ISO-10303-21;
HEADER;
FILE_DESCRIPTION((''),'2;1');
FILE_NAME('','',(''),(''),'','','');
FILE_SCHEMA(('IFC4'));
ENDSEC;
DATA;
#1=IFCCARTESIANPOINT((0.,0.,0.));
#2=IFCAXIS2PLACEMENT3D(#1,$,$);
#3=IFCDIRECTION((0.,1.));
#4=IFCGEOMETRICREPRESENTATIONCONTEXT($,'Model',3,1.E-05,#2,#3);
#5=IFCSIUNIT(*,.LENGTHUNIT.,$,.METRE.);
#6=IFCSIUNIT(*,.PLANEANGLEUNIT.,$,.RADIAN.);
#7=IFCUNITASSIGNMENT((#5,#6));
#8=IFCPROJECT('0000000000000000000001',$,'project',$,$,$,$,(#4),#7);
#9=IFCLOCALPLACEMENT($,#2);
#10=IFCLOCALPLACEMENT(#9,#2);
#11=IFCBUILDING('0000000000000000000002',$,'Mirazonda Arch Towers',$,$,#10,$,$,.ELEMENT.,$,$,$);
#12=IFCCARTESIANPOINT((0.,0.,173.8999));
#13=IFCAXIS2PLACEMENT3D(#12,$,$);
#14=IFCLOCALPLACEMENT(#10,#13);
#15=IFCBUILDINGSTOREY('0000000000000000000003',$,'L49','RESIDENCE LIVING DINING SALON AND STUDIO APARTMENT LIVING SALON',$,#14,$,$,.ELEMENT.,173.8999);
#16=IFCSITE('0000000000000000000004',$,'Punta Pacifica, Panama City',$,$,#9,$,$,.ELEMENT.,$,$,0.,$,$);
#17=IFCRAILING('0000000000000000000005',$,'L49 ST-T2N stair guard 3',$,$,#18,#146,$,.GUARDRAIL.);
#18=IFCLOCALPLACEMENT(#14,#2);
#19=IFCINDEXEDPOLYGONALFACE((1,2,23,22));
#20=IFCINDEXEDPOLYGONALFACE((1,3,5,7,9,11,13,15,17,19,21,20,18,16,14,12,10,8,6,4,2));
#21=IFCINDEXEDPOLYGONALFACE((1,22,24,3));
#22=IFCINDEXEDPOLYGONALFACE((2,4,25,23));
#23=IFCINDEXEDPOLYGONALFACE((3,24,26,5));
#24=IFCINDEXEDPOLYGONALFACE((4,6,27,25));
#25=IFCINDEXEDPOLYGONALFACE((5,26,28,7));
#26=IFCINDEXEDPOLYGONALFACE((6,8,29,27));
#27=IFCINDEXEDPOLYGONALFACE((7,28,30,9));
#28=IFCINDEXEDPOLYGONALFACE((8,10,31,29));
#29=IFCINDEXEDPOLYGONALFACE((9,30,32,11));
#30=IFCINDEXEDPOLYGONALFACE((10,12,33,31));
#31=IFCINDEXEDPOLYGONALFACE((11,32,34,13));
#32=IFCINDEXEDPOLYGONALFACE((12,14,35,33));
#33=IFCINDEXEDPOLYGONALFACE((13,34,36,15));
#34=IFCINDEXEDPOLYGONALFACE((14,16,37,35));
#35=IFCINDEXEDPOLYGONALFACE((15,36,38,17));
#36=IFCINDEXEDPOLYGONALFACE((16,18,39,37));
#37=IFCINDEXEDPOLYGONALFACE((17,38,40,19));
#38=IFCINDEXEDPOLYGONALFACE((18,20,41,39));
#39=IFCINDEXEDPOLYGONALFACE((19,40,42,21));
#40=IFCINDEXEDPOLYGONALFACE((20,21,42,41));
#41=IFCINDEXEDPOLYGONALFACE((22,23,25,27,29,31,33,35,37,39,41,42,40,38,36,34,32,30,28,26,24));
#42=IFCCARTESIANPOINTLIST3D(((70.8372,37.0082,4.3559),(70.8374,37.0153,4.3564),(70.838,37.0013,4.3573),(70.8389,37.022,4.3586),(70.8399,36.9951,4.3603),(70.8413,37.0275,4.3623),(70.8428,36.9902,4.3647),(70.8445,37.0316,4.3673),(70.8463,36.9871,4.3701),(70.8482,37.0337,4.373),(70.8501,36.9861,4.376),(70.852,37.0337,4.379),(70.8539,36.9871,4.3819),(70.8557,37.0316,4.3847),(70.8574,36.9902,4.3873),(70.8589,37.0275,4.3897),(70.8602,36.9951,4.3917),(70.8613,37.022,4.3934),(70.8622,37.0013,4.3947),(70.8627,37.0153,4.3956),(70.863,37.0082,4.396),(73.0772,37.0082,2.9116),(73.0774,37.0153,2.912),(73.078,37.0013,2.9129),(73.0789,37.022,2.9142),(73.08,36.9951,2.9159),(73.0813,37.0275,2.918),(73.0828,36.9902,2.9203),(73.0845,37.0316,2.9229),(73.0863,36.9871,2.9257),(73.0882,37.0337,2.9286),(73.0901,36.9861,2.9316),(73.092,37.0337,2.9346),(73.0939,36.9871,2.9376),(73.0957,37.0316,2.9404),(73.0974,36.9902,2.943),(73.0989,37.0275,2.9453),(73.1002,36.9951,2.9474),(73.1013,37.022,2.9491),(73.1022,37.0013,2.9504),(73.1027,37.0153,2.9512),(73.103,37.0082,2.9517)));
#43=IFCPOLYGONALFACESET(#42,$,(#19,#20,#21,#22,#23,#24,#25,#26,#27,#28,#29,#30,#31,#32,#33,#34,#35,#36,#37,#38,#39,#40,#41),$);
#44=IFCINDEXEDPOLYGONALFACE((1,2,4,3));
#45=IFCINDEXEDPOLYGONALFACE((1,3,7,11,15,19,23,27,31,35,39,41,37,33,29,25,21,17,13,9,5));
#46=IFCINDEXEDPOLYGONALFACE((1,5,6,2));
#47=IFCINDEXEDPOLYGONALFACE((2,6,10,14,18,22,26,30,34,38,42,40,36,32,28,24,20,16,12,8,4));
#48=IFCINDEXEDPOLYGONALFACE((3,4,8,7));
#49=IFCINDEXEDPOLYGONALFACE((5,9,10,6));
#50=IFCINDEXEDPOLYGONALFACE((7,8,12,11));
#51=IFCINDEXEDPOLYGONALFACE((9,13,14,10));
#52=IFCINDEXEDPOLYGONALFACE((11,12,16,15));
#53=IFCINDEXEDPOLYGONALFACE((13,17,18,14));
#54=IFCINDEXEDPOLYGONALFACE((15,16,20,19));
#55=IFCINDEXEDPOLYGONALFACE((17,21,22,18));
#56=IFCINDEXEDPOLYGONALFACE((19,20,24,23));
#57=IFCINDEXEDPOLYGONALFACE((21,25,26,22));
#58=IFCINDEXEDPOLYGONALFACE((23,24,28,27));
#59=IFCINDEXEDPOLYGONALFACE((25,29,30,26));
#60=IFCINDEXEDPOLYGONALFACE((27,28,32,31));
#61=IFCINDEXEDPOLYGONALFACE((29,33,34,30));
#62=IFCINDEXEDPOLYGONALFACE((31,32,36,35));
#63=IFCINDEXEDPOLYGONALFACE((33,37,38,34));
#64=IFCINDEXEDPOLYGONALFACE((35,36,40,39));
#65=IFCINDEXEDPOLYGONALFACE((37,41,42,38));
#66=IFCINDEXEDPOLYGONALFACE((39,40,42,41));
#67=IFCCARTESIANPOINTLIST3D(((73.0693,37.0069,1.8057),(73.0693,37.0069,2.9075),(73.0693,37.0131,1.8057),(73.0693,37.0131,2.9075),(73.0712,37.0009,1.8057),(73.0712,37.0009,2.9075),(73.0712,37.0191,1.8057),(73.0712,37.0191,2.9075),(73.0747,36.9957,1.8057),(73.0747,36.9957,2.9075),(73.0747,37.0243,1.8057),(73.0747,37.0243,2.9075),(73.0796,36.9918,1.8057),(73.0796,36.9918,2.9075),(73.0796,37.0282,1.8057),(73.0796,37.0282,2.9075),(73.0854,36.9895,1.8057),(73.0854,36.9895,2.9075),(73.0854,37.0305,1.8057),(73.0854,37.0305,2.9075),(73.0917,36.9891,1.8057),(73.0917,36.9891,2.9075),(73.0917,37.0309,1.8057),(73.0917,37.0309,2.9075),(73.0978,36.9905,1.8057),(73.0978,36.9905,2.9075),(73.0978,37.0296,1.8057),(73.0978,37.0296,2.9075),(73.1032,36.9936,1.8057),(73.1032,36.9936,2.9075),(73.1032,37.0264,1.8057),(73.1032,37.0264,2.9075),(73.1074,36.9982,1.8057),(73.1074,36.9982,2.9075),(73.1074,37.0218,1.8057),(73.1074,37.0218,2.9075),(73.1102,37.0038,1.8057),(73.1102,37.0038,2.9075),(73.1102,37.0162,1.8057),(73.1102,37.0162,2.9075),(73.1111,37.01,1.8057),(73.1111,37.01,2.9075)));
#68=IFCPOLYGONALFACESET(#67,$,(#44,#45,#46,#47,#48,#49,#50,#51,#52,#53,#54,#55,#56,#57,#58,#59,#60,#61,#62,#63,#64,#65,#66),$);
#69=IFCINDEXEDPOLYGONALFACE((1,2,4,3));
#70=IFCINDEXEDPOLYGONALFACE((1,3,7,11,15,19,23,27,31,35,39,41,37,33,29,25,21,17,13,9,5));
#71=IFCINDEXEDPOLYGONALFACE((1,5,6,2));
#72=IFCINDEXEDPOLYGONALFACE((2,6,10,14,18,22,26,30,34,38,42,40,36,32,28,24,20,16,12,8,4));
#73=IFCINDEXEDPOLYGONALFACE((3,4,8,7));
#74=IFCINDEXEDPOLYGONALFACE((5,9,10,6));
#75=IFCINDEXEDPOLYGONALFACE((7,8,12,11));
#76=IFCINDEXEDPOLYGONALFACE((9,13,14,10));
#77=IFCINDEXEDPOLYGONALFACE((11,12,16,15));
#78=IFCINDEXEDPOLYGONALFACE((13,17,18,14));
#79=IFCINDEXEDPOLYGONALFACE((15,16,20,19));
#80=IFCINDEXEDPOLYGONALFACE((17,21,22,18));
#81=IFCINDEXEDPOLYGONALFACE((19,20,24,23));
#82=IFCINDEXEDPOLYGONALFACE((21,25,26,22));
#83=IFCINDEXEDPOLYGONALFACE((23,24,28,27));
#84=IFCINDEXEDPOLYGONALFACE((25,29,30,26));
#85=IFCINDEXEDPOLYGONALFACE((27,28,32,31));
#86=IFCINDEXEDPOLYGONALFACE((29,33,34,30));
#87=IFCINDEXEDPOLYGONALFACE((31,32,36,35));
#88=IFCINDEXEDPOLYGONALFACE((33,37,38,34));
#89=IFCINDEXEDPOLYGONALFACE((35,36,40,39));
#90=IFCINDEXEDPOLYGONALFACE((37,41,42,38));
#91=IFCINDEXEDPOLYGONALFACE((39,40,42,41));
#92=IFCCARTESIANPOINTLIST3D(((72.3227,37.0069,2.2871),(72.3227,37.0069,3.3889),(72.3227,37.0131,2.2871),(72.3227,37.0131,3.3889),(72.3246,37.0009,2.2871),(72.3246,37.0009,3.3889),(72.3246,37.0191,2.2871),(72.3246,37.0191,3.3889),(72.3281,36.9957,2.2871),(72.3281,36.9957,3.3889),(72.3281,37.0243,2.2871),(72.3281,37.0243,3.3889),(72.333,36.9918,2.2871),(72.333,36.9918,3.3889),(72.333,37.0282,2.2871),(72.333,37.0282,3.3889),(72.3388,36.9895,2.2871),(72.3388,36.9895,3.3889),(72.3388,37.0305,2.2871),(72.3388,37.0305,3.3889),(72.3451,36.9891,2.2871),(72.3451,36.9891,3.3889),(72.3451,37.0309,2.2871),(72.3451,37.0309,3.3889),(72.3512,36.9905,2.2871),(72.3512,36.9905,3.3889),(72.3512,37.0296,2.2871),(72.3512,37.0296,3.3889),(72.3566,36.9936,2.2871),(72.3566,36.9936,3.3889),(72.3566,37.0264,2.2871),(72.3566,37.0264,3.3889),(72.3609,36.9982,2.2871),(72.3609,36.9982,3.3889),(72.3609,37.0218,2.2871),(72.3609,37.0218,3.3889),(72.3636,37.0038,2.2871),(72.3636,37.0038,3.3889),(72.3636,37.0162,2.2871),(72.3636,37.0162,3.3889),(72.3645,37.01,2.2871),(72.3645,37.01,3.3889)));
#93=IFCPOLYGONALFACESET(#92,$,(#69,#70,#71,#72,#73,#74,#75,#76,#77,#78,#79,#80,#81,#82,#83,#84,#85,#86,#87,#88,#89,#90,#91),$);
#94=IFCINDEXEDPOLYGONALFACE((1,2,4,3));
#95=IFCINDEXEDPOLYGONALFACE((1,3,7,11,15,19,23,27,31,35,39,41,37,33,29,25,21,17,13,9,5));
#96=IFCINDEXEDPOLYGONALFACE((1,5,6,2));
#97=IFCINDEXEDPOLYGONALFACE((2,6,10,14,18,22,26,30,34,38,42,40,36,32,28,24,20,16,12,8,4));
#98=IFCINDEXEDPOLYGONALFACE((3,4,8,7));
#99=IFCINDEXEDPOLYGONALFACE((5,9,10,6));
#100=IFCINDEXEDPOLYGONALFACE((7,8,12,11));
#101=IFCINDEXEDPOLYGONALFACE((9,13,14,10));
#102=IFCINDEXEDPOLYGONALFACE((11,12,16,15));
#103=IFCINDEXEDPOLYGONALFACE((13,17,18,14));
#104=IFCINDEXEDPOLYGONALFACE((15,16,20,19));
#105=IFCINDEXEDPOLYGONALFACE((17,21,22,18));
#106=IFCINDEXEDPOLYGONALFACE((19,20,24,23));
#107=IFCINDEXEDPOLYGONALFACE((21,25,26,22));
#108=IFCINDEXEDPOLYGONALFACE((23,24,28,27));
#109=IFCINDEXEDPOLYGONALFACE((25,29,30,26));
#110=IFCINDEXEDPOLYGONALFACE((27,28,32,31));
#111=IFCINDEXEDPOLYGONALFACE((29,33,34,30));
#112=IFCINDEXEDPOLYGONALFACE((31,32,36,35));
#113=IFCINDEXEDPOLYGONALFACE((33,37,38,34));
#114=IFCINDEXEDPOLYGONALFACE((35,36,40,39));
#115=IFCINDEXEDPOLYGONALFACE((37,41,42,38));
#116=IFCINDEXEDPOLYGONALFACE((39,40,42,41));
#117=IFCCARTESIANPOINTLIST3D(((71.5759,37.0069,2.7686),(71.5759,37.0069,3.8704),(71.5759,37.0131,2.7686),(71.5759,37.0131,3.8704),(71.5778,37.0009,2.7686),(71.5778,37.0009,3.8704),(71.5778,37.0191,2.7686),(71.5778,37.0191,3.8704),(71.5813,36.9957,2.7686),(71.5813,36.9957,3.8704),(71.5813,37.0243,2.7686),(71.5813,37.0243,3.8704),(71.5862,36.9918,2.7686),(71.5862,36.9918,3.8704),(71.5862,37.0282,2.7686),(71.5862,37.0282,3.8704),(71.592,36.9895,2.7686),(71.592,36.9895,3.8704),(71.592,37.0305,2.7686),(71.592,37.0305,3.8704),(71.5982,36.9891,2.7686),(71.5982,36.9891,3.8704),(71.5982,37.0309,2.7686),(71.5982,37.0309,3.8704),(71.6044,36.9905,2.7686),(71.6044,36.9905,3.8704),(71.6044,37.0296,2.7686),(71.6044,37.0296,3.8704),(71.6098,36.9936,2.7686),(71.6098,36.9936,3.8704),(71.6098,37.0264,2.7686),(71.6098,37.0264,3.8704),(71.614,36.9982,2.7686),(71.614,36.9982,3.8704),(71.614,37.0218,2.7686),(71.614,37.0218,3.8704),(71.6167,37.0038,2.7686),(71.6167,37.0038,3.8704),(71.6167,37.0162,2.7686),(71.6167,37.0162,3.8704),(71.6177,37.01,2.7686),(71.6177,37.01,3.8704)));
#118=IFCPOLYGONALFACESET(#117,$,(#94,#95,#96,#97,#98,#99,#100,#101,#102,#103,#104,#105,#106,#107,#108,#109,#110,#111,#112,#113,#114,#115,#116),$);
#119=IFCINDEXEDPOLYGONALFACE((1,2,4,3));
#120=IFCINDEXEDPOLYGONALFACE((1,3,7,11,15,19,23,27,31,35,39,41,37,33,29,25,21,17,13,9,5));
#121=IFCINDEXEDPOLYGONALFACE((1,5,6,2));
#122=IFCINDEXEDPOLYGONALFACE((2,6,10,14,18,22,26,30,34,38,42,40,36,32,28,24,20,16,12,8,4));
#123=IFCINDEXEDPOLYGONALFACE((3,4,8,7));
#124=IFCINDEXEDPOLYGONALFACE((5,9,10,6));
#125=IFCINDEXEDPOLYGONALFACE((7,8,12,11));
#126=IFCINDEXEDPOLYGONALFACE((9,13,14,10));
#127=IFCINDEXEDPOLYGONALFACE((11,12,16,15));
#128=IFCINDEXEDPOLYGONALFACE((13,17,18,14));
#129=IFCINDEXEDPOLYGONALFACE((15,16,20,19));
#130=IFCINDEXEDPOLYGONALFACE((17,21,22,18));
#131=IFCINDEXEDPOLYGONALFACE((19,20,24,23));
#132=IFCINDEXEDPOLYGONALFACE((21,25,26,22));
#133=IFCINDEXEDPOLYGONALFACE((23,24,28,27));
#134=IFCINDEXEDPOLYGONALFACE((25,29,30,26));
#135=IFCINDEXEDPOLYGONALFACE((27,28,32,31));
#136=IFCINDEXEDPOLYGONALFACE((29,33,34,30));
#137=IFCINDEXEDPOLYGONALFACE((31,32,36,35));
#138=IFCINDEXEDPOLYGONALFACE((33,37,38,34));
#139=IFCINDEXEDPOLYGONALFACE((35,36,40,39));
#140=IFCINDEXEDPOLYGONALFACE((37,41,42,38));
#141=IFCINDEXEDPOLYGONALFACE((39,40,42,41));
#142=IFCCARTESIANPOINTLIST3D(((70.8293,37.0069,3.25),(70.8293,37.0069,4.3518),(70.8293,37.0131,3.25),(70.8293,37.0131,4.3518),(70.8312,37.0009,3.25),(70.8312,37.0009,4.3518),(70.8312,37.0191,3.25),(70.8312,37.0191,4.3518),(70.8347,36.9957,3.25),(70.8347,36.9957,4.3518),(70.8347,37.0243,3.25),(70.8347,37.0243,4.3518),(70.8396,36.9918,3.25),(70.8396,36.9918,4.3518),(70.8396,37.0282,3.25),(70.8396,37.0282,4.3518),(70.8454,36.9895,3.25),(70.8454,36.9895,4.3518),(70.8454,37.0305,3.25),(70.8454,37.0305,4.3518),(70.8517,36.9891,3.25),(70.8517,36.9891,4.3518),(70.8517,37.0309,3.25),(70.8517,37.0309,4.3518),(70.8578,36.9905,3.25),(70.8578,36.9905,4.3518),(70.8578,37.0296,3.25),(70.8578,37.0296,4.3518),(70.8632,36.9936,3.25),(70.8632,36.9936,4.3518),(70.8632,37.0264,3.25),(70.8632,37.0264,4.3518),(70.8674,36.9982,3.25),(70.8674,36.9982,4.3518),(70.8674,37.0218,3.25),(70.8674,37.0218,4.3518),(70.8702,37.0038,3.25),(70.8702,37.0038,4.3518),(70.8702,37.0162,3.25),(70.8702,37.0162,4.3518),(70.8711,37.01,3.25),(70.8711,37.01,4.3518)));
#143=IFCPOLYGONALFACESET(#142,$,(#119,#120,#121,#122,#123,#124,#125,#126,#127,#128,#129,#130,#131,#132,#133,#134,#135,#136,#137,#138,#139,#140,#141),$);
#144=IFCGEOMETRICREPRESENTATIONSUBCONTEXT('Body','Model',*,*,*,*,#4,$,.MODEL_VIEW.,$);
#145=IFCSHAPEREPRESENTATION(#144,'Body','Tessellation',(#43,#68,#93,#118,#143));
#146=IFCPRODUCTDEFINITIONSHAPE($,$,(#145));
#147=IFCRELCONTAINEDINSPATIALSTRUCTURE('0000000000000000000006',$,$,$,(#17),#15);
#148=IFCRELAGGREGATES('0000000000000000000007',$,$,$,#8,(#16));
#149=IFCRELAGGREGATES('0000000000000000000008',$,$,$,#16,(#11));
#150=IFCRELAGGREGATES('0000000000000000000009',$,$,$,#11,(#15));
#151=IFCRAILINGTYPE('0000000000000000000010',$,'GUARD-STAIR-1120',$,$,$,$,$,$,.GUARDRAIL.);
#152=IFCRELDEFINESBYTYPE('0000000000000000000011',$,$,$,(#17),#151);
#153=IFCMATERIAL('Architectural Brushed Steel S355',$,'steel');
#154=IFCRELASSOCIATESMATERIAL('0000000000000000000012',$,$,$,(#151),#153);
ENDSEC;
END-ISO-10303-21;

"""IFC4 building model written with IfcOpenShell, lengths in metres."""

from ifc_helpers import new_model, si_unit, direction, frame, origin, origin_2d, place, context, subcontext, project, spatial, circle, extrude, material, type_object, element, save


model = new_model("IFC4")

# Units and contexts
model_context = context("Model", 3, precision=1e-05, world=origin(), true_north=direction((0.0, 1.0)))
body_context = subcontext(model_context, "Body", "Model", "MODEL_VIEW")
ifc_project = project(units=[si_unit("LENGTHUNIT", "METRE"), si_unit("PLANEANGLEUNIT", "RADIAN")], contexts=[model_context])

# Site, building, storey
site_placement = place(None, origin())
site = spatial("IfcSite", under=ifc_project, at=site_placement, Name="Punta Pacifica, Panama City", CompositionType="ELEMENT", RefElevation=0.0)
building_placement = place(site_placement, origin())
building = spatial("IfcBuilding", under=site, at=building_placement, Name="Mirazonda Arch Towers", CompositionType="ELEMENT")
storey_placement = place(building_placement, frame((0.0, 0.0, 173.8999)))
storey = spatial("IfcBuildingStorey", under=building, at=storey_placement, Name="L49", Description="RESIDENCE LIVING DINING SALON AND STUDIO APARTMENT LIVING SALON", CompositionType="ELEMENT", Elevation=173.8999)

# Shared definitions
ifc_material_1 = material(Name="Architectural Brushed Steel S355", Category="steel")

# Railing
railing_type_1 = type_object("IfcRailingType", Name="GUARD-STAIR-1120", PredefinedType="GUARDRAIL", material=ifc_material_1)
railing_1_placement = place(storey_placement, frame((73.0901, 37.01, 1.8057)))
element("IfcRailing", 1, at=railing_1_placement, inside=storey, type_object=railing_type_1, Name="L49 ST-T2N stair guard 3", PredefinedType="GUARDRAIL", context=body_context, shape_type="SweptSolid", body=[
    extrude(circle(Radius=0.0239, at=origin_2d()), frame((0.0, 0.0, 1.126), z_axis=(-0.840437, 0.0, 0.54191), x_axis=(0.0, -1.0, 0.0)), (0.0, 0.0, 1.0), 2.6653),
    extrude(circle(Radius=0.021, at=origin_2d()), origin(), (0.0, 0.0, 1.0), 1.1018),
    extrude(circle(Radius=0.021, at=origin_2d()), frame((-0.7466, 0.0, 0.4814)), (0.0, 0.0, 1.0), 1.1018),
    extrude(circle(Radius=0.021, at=origin_2d()), frame((-1.4934, 0.0, 0.9629)), (0.0, 0.0, 1.0), 1.1018),
    extrude(circle(Radius=0.021, at=origin_2d()), frame((-2.24, 0.0, 1.4443)), (0.0, 0.0, 1.0), 1.1018),
])

save(model, "model.ifc")
